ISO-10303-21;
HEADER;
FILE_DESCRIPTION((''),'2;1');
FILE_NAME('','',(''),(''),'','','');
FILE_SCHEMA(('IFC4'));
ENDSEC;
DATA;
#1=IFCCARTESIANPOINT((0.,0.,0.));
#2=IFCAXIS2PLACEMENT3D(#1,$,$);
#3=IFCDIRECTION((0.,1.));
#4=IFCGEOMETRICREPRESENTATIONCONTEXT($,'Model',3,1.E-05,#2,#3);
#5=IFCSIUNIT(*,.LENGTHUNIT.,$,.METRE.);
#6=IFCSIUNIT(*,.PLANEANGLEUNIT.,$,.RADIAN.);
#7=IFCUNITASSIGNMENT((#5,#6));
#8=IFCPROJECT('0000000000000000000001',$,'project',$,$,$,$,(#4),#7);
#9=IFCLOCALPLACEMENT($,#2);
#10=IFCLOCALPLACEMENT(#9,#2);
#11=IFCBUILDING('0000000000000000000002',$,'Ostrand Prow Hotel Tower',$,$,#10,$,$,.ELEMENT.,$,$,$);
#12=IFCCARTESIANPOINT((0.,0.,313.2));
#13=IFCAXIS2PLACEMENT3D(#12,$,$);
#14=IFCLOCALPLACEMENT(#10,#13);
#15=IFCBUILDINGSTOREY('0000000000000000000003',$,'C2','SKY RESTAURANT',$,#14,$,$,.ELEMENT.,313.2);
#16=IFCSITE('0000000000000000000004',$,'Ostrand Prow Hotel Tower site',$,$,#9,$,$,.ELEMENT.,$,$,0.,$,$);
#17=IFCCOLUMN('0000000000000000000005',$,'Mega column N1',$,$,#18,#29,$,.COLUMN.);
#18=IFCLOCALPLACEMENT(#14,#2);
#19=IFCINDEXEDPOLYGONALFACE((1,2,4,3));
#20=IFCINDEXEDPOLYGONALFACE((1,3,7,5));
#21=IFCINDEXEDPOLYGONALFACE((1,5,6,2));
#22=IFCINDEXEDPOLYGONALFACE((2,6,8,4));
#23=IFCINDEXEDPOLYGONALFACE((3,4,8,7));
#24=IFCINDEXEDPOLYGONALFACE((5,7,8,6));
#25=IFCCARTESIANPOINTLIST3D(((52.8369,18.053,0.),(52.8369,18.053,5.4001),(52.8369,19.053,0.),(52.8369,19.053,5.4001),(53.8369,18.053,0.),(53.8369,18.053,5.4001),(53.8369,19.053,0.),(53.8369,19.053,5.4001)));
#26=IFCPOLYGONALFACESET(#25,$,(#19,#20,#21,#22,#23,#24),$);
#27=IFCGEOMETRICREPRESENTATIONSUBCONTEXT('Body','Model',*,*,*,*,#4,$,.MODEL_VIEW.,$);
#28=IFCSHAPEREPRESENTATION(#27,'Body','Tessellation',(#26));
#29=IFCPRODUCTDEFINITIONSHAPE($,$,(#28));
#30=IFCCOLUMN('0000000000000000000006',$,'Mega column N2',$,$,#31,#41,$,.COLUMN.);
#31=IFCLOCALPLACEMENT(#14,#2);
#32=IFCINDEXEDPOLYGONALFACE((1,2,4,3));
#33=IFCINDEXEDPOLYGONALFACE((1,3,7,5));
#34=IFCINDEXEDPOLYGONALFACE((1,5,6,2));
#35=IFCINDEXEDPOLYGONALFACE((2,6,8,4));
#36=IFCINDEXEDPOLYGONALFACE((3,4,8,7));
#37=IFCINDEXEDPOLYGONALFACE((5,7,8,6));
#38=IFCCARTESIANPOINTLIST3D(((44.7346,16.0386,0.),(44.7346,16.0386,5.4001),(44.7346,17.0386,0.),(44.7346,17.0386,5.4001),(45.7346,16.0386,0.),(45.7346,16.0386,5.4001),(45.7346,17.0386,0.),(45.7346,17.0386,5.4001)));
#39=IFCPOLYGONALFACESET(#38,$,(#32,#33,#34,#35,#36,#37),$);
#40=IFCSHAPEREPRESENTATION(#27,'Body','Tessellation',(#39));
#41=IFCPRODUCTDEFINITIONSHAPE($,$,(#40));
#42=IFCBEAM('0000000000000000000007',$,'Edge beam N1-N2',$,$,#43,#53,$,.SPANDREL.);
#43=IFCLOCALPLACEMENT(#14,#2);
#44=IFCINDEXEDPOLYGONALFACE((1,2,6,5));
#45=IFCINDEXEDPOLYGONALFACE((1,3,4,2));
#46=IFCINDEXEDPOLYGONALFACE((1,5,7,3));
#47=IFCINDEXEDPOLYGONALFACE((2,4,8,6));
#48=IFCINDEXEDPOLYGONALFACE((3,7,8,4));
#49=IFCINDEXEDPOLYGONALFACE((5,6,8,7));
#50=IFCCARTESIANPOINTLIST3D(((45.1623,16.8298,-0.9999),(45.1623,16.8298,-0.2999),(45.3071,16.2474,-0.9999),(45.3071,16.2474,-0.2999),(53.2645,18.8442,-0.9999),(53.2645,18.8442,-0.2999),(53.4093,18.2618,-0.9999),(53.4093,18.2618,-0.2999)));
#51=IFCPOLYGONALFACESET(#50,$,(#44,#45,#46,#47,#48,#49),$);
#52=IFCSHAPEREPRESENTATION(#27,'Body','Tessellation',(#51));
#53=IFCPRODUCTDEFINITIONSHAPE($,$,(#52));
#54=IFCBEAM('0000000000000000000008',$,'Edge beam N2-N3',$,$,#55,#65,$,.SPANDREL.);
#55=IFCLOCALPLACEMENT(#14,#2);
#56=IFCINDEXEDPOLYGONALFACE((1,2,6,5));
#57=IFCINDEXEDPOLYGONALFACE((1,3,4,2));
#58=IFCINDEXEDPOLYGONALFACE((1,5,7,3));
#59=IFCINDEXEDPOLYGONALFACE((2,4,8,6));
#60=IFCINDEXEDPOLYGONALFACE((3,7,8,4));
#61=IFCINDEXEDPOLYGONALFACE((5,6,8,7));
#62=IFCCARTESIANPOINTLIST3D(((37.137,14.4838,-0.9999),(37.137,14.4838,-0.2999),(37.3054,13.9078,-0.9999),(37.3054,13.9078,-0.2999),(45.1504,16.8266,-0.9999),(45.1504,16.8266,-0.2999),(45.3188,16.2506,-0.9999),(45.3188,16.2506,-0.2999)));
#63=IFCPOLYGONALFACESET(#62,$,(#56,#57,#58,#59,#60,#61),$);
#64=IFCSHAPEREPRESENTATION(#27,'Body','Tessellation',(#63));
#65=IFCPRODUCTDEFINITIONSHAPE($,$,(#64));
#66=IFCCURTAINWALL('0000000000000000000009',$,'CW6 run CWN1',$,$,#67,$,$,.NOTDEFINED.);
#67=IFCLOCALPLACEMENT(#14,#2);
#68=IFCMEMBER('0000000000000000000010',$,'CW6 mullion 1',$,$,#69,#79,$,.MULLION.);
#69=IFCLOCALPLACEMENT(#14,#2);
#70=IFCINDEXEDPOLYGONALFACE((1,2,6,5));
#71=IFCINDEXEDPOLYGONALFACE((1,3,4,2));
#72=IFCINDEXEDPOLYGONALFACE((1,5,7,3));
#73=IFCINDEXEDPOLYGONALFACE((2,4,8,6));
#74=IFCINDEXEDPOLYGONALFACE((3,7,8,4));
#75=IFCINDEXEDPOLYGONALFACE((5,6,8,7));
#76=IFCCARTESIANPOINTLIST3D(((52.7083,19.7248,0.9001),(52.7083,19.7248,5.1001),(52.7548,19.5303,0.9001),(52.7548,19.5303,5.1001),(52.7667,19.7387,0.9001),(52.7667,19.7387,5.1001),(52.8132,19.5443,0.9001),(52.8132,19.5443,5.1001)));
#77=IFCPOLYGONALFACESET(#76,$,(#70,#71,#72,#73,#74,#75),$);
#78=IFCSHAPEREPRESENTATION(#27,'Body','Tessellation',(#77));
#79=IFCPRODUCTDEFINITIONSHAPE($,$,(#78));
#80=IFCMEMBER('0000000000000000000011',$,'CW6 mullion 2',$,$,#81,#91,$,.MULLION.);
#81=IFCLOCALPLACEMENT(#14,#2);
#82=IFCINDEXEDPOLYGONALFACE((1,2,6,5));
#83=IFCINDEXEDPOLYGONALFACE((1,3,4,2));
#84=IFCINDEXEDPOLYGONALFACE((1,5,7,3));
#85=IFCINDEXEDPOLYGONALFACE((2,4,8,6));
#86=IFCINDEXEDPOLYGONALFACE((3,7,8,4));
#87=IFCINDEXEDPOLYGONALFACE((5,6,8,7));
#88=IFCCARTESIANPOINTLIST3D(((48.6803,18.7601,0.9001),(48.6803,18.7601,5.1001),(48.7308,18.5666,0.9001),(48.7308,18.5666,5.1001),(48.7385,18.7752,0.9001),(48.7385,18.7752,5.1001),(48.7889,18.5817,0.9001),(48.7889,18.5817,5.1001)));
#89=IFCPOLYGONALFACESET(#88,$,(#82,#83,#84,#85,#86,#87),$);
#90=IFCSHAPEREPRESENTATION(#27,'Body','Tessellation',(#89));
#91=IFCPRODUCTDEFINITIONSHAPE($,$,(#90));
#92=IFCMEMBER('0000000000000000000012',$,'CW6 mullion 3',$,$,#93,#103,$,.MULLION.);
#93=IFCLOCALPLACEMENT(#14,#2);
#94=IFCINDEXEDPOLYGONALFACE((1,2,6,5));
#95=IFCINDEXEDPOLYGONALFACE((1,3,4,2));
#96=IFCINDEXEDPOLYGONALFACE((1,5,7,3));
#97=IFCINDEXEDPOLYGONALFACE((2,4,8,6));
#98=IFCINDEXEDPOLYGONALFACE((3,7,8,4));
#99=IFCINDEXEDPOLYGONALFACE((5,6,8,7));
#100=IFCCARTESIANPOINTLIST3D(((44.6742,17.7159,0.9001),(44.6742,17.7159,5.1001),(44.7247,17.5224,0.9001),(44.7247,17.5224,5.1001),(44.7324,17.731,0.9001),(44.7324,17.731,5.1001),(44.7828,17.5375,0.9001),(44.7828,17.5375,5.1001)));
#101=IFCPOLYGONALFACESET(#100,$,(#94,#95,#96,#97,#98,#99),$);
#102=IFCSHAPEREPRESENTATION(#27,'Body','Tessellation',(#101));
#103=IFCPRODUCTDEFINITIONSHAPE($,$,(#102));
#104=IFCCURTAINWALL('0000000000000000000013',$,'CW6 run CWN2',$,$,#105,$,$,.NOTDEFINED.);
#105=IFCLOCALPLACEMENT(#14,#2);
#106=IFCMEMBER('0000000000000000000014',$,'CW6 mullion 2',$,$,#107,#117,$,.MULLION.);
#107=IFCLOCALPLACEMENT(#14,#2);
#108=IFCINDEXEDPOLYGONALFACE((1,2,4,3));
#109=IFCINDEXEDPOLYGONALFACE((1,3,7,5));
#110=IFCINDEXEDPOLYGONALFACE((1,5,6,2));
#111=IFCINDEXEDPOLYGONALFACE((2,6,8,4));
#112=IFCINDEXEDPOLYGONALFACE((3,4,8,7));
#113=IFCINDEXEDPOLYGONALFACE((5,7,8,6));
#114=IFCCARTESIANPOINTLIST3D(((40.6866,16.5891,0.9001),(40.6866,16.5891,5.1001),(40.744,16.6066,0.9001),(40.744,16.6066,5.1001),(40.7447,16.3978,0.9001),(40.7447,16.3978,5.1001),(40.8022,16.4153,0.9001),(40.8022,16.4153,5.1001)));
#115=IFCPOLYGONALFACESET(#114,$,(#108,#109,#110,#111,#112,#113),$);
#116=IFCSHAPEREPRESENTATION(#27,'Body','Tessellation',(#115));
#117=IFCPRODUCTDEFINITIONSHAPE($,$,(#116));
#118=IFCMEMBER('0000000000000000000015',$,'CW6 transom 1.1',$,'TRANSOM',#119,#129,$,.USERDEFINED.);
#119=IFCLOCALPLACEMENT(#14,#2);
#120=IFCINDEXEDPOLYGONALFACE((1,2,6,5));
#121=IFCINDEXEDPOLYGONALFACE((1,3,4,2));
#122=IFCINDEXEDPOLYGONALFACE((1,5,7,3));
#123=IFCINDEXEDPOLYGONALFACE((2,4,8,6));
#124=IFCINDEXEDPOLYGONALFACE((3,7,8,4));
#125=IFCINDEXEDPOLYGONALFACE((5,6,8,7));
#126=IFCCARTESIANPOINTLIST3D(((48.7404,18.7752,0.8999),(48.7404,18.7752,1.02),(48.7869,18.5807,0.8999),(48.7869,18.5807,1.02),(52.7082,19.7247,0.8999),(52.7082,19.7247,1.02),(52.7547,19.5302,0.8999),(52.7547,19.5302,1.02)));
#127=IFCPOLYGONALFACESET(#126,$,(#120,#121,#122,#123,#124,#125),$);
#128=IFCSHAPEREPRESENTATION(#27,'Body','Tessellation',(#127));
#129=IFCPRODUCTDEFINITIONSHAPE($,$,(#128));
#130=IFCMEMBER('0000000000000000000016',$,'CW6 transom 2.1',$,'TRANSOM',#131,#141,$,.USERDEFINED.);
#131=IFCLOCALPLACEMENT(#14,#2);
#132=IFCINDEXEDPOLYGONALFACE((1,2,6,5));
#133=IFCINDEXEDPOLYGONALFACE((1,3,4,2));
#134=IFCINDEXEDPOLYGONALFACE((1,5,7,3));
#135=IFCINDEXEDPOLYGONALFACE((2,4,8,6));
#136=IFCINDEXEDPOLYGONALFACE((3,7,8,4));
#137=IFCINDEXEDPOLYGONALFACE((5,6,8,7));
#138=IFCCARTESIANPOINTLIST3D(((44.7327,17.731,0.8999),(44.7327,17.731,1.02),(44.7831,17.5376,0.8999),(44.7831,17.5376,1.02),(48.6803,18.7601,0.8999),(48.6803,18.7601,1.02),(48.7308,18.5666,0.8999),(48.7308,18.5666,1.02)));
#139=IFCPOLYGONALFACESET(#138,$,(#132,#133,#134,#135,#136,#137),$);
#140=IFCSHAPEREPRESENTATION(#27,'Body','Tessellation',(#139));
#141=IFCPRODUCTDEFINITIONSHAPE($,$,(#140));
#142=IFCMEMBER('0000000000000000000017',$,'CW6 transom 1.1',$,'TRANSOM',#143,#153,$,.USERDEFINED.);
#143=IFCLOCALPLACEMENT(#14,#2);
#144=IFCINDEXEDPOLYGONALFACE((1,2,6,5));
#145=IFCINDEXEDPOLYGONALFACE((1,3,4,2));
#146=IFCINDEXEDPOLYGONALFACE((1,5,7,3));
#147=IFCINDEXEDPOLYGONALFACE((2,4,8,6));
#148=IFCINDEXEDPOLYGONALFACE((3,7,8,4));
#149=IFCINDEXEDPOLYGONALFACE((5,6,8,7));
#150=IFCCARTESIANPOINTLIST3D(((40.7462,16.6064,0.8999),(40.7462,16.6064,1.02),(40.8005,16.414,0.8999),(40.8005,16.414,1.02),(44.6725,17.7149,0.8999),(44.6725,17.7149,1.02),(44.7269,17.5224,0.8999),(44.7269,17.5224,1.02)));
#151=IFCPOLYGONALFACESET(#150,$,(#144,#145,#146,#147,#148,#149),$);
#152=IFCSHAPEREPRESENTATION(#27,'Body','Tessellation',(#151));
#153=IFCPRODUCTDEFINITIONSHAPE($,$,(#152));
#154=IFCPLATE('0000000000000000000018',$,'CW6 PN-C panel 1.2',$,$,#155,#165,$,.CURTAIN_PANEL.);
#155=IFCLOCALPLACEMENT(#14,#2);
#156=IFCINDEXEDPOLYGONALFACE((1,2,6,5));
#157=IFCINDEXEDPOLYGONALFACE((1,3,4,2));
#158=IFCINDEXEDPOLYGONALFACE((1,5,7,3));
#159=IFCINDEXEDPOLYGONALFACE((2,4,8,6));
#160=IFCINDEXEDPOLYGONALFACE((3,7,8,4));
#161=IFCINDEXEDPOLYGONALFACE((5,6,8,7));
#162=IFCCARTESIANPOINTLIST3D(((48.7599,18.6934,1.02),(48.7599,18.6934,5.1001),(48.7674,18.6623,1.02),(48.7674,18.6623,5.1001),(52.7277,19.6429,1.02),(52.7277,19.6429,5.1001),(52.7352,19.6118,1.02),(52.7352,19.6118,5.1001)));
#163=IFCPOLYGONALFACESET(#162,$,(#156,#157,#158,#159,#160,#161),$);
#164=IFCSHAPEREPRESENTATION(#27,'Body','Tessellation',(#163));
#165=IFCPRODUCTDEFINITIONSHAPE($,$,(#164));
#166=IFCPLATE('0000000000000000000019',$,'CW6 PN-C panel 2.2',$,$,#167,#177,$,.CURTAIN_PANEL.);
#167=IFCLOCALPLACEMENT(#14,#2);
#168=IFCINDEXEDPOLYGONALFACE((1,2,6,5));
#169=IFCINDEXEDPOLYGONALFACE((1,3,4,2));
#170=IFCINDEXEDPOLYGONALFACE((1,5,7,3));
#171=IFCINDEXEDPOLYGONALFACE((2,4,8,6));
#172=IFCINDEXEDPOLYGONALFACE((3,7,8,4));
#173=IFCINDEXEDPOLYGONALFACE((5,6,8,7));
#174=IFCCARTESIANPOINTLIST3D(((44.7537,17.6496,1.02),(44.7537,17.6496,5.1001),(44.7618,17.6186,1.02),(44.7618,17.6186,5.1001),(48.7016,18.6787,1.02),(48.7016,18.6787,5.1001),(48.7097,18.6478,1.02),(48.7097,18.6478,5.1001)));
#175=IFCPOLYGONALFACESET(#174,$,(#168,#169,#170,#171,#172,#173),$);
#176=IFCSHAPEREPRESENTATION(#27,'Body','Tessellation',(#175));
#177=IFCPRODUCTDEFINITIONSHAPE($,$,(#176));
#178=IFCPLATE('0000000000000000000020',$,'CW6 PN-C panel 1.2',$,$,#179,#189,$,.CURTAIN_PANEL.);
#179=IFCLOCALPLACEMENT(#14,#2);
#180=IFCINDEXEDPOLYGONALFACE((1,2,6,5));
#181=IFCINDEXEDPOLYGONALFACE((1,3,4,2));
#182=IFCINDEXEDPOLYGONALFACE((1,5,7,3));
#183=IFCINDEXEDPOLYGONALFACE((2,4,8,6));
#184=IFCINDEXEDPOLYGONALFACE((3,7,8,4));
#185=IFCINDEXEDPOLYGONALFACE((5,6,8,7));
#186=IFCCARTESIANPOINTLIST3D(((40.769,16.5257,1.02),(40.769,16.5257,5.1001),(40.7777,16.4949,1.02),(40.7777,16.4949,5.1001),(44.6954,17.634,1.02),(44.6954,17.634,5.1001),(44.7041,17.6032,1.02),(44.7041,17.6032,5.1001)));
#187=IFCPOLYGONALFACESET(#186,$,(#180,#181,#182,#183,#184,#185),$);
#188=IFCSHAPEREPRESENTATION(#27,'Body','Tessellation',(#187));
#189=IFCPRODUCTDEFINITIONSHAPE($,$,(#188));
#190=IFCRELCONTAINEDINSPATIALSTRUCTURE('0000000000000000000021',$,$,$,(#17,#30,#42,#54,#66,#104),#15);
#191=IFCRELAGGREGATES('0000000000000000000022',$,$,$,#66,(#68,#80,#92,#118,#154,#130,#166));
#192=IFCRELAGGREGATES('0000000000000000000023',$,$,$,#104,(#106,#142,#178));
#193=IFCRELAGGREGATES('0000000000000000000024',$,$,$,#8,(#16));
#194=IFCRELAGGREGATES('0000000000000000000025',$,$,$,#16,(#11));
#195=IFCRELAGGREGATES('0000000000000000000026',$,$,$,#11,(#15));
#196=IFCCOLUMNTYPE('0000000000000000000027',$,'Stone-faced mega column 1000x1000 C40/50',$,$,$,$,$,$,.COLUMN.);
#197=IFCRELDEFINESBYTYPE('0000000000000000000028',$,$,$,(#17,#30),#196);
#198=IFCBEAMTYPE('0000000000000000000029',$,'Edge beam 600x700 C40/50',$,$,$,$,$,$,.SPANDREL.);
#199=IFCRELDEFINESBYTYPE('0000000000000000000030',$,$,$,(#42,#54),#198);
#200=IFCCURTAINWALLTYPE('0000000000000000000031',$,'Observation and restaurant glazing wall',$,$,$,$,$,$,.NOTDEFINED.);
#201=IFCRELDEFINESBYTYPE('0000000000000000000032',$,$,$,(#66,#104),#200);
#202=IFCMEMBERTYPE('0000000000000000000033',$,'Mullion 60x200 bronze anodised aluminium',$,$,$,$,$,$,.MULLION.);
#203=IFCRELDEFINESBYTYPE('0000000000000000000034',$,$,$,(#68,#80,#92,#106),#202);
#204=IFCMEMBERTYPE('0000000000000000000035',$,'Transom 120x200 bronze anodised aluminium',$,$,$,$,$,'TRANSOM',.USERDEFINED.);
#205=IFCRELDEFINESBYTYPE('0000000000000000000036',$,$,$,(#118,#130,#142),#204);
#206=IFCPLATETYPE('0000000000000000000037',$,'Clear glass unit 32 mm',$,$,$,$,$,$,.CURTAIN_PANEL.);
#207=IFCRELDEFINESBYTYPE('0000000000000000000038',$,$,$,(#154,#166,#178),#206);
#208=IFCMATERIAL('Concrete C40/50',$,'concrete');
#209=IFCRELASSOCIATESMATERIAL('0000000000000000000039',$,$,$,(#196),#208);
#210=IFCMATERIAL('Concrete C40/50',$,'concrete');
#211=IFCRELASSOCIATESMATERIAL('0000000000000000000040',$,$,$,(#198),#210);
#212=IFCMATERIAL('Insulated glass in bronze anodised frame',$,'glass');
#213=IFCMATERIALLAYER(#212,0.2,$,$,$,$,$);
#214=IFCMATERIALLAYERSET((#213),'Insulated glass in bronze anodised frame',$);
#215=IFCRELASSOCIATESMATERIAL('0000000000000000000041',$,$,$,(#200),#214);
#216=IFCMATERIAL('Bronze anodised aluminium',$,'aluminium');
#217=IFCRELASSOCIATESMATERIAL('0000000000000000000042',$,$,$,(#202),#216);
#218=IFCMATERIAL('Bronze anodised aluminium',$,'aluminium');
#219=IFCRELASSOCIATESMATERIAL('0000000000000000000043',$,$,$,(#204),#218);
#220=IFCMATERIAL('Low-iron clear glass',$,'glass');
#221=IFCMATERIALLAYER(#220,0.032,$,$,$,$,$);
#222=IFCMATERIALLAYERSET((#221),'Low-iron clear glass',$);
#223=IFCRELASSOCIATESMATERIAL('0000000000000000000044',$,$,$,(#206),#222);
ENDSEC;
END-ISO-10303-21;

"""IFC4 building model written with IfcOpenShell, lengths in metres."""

from ifc_helpers import new_model, si_unit, direction, frame, origin, origin_2d, place, context, subcontext, project, spatial, rectangle, extrude, material, layer, layer_set, material_profile, profile_set, type_object, element, aggregate, save


model = new_model("IFC4")

# Units and contexts
model_context = context("Model", 3, precision=1e-05, world=origin(), true_north=direction((0.0, 1.0)))
body_context = subcontext(model_context, "Body", "Model", "MODEL_VIEW")
ifc_project = project(units=[si_unit("LENGTHUNIT", "METRE"), si_unit("PLANEANGLEUNIT", "RADIAN")], contexts=[model_context])

# Site, building, storey
site_placement = place(None, origin())
site = spatial("IfcSite", under=ifc_project, at=site_placement, Name="Ostrand Prow Hotel Tower site", CompositionType="ELEMENT", RefElevation=0.0)
building_placement = place(site_placement, origin())
building = spatial("IfcBuilding", under=site, at=building_placement, Name="Ostrand Prow Hotel Tower", CompositionType="ELEMENT")
storey_placement = place(building_placement, frame((0.0, 0.0, 313.2)))
storey = spatial("IfcBuildingStorey", under=building, at=storey_placement, Name="C2", Description="SKY RESTAURANT", CompositionType="ELEMENT", Elevation=313.2)

# Columns
ifc_material_1 = material(Name="Concrete C40/50", Category="concrete")
ifc_material_profile_1 = material_profile(ifc_material_1, rectangle(XDim=1.0, YDim=1.0, at=origin_2d()), Name="RC 1000x1000")
ifc_profile_set_1 = profile_set([ifc_material_profile_1], Name="Concrete C40/50")
column_type = type_object("IfcColumnType", Name="Stone-faced mega column 1000x1000 C40/50", PredefinedType="COLUMN", material=ifc_profile_set_1)
for number, where, z_axis, x_axis, name in (
    (1, (53.3369, 18.553, 0.0), (0.0, 0.0, 1.0), (1.0, 0.0, 0.0), "Mega column N1"),
    (2, (45.2346, 16.5386, 0.0), (0.0, 0.0, 1.0), (1.0, 0.0, 0.0), "Mega column N2"),
):
    element("IfcColumn", number, at=place(storey_placement, frame(where, z_axis=z_axis, x_axis=x_axis)), inside=storey, type_object=column_type, Name=name, PredefinedType="COLUMN", context=body_context, shape_type="SweptSolid", body=[
        extrude(rectangle(XDim=1.0, YDim=1.0, at=origin_2d()), origin(), (0.0, 0.0, 1.0), 5.4001),
    ])

# Beams
ifc_material_2 = material(Name="Concrete C40/50", Category="concrete")
ifc_material_profile_2 = material_profile(ifc_material_2, rectangle(XDim=0.6001, YDim=0.7, at=origin_2d()), Name="RC 600x700")
ifc_profile_set_2 = profile_set([ifc_material_profile_2], Name="Concrete C40/50")
beam_type = type_object("IfcBeamType", Name="Edge beam 600x700 C40/50", PredefinedType="SPANDREL", material=ifc_profile_set_2)
for number, where, z_axis, x_axis, name in (
    (3, (53.3369, 18.553, -0.6499), (-0.970456, -0.241276, 0.0), (0.241276, -0.970456, 0.0), "Edge beam N1-N2"),
    (4, (45.2346, 16.5386, -0.6499), (-0.959822, -0.28061, 0.0), (0.28061, -0.959822, 0.0), "Edge beam N2-N3"),
):
    element("IfcBeam", number, at=place(storey_placement, frame(where, z_axis=z_axis, x_axis=x_axis)), inside=storey, type_object=beam_type, Name=name, PredefinedType="SPANDREL", context=body_context, shape_type="SweptSolid", body=[
        extrude(rectangle(XDim=0.6001, YDim=0.7, at=origin_2d()), origin(), (0.0, 0.0, 1.0), 8.3489),
    ])

# Curtain wall, members
ifc_material_3 = material(Name="Insulated glass in bronze anodised frame", Category="glass")
ifc_layer_1 = layer(ifc_material_3, 0.2)
ifc_layer_set_1 = layer_set([ifc_layer_1], Name="Insulated glass in bronze anodised frame")
curtain_wall_type = type_object("IfcCurtainWallType", Name="Observation and restaurant glazing wall", PredefinedType="NOTDEFINED", material=ifc_layer_set_1)
curtain_wall_1_placement = place(storey_placement, origin())
curtain_wall_1 = element("IfcCurtainWall", 5, at=curtain_wall_1_placement, inside=storey, type_object=curtain_wall_type, Name="CW6 run CWN1", PredefinedType="NOTDEFINED")
ifc_material_4 = material(Name="Bronze anodised aluminium", Category="aluminium")
ifc_material_profile_3 = material_profile(ifc_material_4, rectangle(XDim=0.2, YDim=0.0601, at=origin_2d()), Name="Mullion 60x200 bronze anodised aluminium")
ifc_profile_set_3 = profile_set([ifc_material_profile_3], Name="Bronze anodised aluminium")
member_type_1 = type_object("IfcMemberType", Name="Mullion 60x200 bronze anodised aluminium", PredefinedType="MULLION", material=ifc_profile_set_3)
member_1_placement = place(storey_placement, frame((52.7607, 19.6345, 0.9001), z_axis=(0.0, 0.0, 1.0), x_axis=(0.232746, -0.972538, 0.0)))
member_1 = element("IfcMember", 6, at=member_1_placement, type_object=member_type_1, Name="CW6 mullion 1", PredefinedType="MULLION", context=body_context, shape_type="SweptSolid", body=[
    extrude(rectangle(XDim=0.2, YDim=0.0601, at=origin_2d()), origin(), (0.0, 0.0, 1.0), 4.2),
])
member_2_placement = place(storey_placement, frame((48.7346, 18.6709, 0.9001), z_axis=(0.0, 0.0, 1.0), x_axis=(0.252248, -0.967663, 0.0)))
member_2 = element("IfcMember", 7, at=member_2_placement, type_object=member_type_1, Name="CW6 mullion 2", PredefinedType="MULLION", context=body_context, shape_type="SweptSolid", body=[
    extrude(rectangle(XDim=0.2, YDim=0.0601, at=origin_2d()), origin(), (0.0, 0.0, 1.0), 4.2),
])
member_3_placement = place(storey_placement, frame((44.7285, 17.6267, 0.9001), z_axis=(0.0, 0.0, 1.0), x_axis=(0.252248, -0.967663, 0.0)))
member_3 = element("IfcMember", 8, at=member_3_placement, type_object=member_type_1, Name="CW6 mullion 3", PredefinedType="MULLION", context=body_context, shape_type="SweptSolid", body=[
    extrude(rectangle(XDim=0.2, YDim=0.0601, at=origin_2d()), origin(), (0.0, 0.0, 1.0), 4.2),
])

# Curtain wall, member
curtain_wall_2_placement = place(storey_placement, origin())
curtain_wall_2 = element("IfcCurtainWall", 9, at=curtain_wall_2_placement, inside=storey, type_object=curtain_wall_type, Name="CW6 run CWN2", PredefinedType="NOTDEFINED")
member_4_placement = place(storey_placement, frame((40.7444, 16.5022, 0.9001), z_axis=(0.0, 0.0, 1.0), x_axis=(0.290938, -0.956742, 0.0)))
member_4 = element("IfcMember", 10, at=member_4_placement, type_object=member_type_1, Name="CW6 mullion 2", PredefinedType="MULLION", context=body_context, shape_type="SweptSolid", body=[
    extrude(rectangle(XDim=0.2, YDim=0.0601, at=origin_2d()), origin(), (0.0, 0.0, 1.0), 4.2),
])

# Members
ifc_material_5 = material(Name="Bronze anodised aluminium", Category="aluminium")
ifc_material_profile_4 = material_profile(ifc_material_5, rectangle(XDim=0.2, YDim=0.1201, at=origin_2d()), Name="Transom 120x200 bronze anodised aluminium")
ifc_profile_set_4 = profile_set([ifc_material_profile_4], Name="Bronze anodised aluminium")
member_type_2 = type_object("IfcMemberType", Name="Transom 120x200 bronze anodised aluminium", ElementType="TRANSOM", PredefinedType="USERDEFINED", material=ifc_profile_set_4)
member_5_placement = place(storey_placement, frame((52.7314, 19.6274, 0.96), z_axis=(-0.972543, -0.232723, 0.0), x_axis=(0.232723, -0.972543, 0.0)))
member_5 = element("IfcMember", 11, at=member_5_placement, type_object=member_type_2, Name="CW6 transom 1.1", ObjectType="TRANSOM", PredefinedType="USERDEFINED", context=body_context, shape_type="SweptSolid", body=[
    extrude(rectangle(XDim=0.2, YDim=0.1201, at=origin_2d()), origin(), (0.0, 0.0, 1.0), 4.0798),
])
member_6_placement = place(storey_placement, frame((48.7056, 18.6633, 0.96), z_axis=(-0.967665, -0.252239, 0.0), x_axis=(0.252239, -0.967665, 0.0)))
member_6 = element("IfcMember", 12, at=member_6_placement, type_object=member_type_2, Name="CW6 transom 2.1", ObjectType="TRANSOM", PredefinedType="USERDEFINED", context=body_context, shape_type="SweptSolid", body=[
    extrude(rectangle(XDim=0.2, YDim=0.1201, at=origin_2d()), origin(), (0.0, 0.0, 1.0), 4.0796),
])
member_7_placement = place(storey_placement, frame((44.6997, 17.6187, 0.96), z_axis=(-0.962386, -0.271685, 0.0), x_axis=(0.271685, -0.962386, 0.0)))
member_7 = element("IfcMember", 13, at=member_7_placement, type_object=member_type_2, Name="CW6 transom 1.1", ObjectType="TRANSOM", PredefinedType="USERDEFINED", context=body_context, shape_type="SweptSolid", body=[
    extrude(rectangle(XDim=0.2, YDim=0.1201, at=origin_2d()), origin(), (0.0, 0.0, 1.0), 4.0798),
])

# Plates
ifc_material_6 = material(Name="Low-iron clear glass", Category="glass")
ifc_layer_2 = layer(ifc_material_6, 0.032)
ifc_layer_set_2 = layer_set([ifc_layer_2], Name="Low-iron clear glass")
plate_type = type_object("IfcPlateType", Name="Clear glass unit 32 mm", PredefinedType="CURTAIN_PANEL", material=ifc_layer_set_2)
plate_1_placement = place(storey_placement, frame((50.7476, 19.1526, 1.02), z_axis=(0.0, 0.0, 1.0), x_axis=(-0.972538, -0.232746, 0.0)))
plate_1 = element("IfcPlate", 14, at=plate_1_placement, type_object=plate_type, Name="CW6 PN-C panel 1.2", PredefinedType="CURTAIN_PANEL", context=body_context, shape_type="SweptSolid", body=[
    extrude(rectangle(XDim=4.0798, YDim=0.032, at=origin_2d()), origin(), (0.0, 0.0, 1.0), 4.0801),
])
plate_2_placement = place(storey_placement, frame((46.7317, 18.1487, 1.02), z_axis=(0.0, 0.0, 1.0), x_axis=(-0.967663, -0.252248, 0.0)))
plate_2 = element("IfcPlate", 15, at=plate_2_placement, type_object=plate_type, Name="CW6 PN-C panel 2.2", PredefinedType="CURTAIN_PANEL", context=body_context, shape_type="SweptSolid", body=[
    extrude(rectangle(XDim=4.0798, YDim=0.032, at=origin_2d()), origin(), (0.0, 0.0, 1.0), 4.0801),
])
aggregate(curtain_wall_1, [member_1, member_2, member_3, member_5, plate_1, member_6, plate_2])
plate_3_placement = place(storey_placement, frame((42.7366, 17.0645, 1.02), z_axis=(0.0, 0.0, 1.0), x_axis=(-0.962396, -0.271649, 0.0)))
plate_3 = element("IfcPlate", 16, at=plate_3_placement, type_object=plate_type, Name="CW6 PN-C panel 1.2", PredefinedType="CURTAIN_PANEL", context=body_context, shape_type="SweptSolid", body=[
    extrude(rectangle(XDim=4.0798, YDim=0.032, at=origin_2d()), origin(), (0.0, 0.0, 1.0), 4.0801),
])
aggregate(curtain_wall_2, [member_4, member_7, plate_3])

save(model, "model.ifc")
